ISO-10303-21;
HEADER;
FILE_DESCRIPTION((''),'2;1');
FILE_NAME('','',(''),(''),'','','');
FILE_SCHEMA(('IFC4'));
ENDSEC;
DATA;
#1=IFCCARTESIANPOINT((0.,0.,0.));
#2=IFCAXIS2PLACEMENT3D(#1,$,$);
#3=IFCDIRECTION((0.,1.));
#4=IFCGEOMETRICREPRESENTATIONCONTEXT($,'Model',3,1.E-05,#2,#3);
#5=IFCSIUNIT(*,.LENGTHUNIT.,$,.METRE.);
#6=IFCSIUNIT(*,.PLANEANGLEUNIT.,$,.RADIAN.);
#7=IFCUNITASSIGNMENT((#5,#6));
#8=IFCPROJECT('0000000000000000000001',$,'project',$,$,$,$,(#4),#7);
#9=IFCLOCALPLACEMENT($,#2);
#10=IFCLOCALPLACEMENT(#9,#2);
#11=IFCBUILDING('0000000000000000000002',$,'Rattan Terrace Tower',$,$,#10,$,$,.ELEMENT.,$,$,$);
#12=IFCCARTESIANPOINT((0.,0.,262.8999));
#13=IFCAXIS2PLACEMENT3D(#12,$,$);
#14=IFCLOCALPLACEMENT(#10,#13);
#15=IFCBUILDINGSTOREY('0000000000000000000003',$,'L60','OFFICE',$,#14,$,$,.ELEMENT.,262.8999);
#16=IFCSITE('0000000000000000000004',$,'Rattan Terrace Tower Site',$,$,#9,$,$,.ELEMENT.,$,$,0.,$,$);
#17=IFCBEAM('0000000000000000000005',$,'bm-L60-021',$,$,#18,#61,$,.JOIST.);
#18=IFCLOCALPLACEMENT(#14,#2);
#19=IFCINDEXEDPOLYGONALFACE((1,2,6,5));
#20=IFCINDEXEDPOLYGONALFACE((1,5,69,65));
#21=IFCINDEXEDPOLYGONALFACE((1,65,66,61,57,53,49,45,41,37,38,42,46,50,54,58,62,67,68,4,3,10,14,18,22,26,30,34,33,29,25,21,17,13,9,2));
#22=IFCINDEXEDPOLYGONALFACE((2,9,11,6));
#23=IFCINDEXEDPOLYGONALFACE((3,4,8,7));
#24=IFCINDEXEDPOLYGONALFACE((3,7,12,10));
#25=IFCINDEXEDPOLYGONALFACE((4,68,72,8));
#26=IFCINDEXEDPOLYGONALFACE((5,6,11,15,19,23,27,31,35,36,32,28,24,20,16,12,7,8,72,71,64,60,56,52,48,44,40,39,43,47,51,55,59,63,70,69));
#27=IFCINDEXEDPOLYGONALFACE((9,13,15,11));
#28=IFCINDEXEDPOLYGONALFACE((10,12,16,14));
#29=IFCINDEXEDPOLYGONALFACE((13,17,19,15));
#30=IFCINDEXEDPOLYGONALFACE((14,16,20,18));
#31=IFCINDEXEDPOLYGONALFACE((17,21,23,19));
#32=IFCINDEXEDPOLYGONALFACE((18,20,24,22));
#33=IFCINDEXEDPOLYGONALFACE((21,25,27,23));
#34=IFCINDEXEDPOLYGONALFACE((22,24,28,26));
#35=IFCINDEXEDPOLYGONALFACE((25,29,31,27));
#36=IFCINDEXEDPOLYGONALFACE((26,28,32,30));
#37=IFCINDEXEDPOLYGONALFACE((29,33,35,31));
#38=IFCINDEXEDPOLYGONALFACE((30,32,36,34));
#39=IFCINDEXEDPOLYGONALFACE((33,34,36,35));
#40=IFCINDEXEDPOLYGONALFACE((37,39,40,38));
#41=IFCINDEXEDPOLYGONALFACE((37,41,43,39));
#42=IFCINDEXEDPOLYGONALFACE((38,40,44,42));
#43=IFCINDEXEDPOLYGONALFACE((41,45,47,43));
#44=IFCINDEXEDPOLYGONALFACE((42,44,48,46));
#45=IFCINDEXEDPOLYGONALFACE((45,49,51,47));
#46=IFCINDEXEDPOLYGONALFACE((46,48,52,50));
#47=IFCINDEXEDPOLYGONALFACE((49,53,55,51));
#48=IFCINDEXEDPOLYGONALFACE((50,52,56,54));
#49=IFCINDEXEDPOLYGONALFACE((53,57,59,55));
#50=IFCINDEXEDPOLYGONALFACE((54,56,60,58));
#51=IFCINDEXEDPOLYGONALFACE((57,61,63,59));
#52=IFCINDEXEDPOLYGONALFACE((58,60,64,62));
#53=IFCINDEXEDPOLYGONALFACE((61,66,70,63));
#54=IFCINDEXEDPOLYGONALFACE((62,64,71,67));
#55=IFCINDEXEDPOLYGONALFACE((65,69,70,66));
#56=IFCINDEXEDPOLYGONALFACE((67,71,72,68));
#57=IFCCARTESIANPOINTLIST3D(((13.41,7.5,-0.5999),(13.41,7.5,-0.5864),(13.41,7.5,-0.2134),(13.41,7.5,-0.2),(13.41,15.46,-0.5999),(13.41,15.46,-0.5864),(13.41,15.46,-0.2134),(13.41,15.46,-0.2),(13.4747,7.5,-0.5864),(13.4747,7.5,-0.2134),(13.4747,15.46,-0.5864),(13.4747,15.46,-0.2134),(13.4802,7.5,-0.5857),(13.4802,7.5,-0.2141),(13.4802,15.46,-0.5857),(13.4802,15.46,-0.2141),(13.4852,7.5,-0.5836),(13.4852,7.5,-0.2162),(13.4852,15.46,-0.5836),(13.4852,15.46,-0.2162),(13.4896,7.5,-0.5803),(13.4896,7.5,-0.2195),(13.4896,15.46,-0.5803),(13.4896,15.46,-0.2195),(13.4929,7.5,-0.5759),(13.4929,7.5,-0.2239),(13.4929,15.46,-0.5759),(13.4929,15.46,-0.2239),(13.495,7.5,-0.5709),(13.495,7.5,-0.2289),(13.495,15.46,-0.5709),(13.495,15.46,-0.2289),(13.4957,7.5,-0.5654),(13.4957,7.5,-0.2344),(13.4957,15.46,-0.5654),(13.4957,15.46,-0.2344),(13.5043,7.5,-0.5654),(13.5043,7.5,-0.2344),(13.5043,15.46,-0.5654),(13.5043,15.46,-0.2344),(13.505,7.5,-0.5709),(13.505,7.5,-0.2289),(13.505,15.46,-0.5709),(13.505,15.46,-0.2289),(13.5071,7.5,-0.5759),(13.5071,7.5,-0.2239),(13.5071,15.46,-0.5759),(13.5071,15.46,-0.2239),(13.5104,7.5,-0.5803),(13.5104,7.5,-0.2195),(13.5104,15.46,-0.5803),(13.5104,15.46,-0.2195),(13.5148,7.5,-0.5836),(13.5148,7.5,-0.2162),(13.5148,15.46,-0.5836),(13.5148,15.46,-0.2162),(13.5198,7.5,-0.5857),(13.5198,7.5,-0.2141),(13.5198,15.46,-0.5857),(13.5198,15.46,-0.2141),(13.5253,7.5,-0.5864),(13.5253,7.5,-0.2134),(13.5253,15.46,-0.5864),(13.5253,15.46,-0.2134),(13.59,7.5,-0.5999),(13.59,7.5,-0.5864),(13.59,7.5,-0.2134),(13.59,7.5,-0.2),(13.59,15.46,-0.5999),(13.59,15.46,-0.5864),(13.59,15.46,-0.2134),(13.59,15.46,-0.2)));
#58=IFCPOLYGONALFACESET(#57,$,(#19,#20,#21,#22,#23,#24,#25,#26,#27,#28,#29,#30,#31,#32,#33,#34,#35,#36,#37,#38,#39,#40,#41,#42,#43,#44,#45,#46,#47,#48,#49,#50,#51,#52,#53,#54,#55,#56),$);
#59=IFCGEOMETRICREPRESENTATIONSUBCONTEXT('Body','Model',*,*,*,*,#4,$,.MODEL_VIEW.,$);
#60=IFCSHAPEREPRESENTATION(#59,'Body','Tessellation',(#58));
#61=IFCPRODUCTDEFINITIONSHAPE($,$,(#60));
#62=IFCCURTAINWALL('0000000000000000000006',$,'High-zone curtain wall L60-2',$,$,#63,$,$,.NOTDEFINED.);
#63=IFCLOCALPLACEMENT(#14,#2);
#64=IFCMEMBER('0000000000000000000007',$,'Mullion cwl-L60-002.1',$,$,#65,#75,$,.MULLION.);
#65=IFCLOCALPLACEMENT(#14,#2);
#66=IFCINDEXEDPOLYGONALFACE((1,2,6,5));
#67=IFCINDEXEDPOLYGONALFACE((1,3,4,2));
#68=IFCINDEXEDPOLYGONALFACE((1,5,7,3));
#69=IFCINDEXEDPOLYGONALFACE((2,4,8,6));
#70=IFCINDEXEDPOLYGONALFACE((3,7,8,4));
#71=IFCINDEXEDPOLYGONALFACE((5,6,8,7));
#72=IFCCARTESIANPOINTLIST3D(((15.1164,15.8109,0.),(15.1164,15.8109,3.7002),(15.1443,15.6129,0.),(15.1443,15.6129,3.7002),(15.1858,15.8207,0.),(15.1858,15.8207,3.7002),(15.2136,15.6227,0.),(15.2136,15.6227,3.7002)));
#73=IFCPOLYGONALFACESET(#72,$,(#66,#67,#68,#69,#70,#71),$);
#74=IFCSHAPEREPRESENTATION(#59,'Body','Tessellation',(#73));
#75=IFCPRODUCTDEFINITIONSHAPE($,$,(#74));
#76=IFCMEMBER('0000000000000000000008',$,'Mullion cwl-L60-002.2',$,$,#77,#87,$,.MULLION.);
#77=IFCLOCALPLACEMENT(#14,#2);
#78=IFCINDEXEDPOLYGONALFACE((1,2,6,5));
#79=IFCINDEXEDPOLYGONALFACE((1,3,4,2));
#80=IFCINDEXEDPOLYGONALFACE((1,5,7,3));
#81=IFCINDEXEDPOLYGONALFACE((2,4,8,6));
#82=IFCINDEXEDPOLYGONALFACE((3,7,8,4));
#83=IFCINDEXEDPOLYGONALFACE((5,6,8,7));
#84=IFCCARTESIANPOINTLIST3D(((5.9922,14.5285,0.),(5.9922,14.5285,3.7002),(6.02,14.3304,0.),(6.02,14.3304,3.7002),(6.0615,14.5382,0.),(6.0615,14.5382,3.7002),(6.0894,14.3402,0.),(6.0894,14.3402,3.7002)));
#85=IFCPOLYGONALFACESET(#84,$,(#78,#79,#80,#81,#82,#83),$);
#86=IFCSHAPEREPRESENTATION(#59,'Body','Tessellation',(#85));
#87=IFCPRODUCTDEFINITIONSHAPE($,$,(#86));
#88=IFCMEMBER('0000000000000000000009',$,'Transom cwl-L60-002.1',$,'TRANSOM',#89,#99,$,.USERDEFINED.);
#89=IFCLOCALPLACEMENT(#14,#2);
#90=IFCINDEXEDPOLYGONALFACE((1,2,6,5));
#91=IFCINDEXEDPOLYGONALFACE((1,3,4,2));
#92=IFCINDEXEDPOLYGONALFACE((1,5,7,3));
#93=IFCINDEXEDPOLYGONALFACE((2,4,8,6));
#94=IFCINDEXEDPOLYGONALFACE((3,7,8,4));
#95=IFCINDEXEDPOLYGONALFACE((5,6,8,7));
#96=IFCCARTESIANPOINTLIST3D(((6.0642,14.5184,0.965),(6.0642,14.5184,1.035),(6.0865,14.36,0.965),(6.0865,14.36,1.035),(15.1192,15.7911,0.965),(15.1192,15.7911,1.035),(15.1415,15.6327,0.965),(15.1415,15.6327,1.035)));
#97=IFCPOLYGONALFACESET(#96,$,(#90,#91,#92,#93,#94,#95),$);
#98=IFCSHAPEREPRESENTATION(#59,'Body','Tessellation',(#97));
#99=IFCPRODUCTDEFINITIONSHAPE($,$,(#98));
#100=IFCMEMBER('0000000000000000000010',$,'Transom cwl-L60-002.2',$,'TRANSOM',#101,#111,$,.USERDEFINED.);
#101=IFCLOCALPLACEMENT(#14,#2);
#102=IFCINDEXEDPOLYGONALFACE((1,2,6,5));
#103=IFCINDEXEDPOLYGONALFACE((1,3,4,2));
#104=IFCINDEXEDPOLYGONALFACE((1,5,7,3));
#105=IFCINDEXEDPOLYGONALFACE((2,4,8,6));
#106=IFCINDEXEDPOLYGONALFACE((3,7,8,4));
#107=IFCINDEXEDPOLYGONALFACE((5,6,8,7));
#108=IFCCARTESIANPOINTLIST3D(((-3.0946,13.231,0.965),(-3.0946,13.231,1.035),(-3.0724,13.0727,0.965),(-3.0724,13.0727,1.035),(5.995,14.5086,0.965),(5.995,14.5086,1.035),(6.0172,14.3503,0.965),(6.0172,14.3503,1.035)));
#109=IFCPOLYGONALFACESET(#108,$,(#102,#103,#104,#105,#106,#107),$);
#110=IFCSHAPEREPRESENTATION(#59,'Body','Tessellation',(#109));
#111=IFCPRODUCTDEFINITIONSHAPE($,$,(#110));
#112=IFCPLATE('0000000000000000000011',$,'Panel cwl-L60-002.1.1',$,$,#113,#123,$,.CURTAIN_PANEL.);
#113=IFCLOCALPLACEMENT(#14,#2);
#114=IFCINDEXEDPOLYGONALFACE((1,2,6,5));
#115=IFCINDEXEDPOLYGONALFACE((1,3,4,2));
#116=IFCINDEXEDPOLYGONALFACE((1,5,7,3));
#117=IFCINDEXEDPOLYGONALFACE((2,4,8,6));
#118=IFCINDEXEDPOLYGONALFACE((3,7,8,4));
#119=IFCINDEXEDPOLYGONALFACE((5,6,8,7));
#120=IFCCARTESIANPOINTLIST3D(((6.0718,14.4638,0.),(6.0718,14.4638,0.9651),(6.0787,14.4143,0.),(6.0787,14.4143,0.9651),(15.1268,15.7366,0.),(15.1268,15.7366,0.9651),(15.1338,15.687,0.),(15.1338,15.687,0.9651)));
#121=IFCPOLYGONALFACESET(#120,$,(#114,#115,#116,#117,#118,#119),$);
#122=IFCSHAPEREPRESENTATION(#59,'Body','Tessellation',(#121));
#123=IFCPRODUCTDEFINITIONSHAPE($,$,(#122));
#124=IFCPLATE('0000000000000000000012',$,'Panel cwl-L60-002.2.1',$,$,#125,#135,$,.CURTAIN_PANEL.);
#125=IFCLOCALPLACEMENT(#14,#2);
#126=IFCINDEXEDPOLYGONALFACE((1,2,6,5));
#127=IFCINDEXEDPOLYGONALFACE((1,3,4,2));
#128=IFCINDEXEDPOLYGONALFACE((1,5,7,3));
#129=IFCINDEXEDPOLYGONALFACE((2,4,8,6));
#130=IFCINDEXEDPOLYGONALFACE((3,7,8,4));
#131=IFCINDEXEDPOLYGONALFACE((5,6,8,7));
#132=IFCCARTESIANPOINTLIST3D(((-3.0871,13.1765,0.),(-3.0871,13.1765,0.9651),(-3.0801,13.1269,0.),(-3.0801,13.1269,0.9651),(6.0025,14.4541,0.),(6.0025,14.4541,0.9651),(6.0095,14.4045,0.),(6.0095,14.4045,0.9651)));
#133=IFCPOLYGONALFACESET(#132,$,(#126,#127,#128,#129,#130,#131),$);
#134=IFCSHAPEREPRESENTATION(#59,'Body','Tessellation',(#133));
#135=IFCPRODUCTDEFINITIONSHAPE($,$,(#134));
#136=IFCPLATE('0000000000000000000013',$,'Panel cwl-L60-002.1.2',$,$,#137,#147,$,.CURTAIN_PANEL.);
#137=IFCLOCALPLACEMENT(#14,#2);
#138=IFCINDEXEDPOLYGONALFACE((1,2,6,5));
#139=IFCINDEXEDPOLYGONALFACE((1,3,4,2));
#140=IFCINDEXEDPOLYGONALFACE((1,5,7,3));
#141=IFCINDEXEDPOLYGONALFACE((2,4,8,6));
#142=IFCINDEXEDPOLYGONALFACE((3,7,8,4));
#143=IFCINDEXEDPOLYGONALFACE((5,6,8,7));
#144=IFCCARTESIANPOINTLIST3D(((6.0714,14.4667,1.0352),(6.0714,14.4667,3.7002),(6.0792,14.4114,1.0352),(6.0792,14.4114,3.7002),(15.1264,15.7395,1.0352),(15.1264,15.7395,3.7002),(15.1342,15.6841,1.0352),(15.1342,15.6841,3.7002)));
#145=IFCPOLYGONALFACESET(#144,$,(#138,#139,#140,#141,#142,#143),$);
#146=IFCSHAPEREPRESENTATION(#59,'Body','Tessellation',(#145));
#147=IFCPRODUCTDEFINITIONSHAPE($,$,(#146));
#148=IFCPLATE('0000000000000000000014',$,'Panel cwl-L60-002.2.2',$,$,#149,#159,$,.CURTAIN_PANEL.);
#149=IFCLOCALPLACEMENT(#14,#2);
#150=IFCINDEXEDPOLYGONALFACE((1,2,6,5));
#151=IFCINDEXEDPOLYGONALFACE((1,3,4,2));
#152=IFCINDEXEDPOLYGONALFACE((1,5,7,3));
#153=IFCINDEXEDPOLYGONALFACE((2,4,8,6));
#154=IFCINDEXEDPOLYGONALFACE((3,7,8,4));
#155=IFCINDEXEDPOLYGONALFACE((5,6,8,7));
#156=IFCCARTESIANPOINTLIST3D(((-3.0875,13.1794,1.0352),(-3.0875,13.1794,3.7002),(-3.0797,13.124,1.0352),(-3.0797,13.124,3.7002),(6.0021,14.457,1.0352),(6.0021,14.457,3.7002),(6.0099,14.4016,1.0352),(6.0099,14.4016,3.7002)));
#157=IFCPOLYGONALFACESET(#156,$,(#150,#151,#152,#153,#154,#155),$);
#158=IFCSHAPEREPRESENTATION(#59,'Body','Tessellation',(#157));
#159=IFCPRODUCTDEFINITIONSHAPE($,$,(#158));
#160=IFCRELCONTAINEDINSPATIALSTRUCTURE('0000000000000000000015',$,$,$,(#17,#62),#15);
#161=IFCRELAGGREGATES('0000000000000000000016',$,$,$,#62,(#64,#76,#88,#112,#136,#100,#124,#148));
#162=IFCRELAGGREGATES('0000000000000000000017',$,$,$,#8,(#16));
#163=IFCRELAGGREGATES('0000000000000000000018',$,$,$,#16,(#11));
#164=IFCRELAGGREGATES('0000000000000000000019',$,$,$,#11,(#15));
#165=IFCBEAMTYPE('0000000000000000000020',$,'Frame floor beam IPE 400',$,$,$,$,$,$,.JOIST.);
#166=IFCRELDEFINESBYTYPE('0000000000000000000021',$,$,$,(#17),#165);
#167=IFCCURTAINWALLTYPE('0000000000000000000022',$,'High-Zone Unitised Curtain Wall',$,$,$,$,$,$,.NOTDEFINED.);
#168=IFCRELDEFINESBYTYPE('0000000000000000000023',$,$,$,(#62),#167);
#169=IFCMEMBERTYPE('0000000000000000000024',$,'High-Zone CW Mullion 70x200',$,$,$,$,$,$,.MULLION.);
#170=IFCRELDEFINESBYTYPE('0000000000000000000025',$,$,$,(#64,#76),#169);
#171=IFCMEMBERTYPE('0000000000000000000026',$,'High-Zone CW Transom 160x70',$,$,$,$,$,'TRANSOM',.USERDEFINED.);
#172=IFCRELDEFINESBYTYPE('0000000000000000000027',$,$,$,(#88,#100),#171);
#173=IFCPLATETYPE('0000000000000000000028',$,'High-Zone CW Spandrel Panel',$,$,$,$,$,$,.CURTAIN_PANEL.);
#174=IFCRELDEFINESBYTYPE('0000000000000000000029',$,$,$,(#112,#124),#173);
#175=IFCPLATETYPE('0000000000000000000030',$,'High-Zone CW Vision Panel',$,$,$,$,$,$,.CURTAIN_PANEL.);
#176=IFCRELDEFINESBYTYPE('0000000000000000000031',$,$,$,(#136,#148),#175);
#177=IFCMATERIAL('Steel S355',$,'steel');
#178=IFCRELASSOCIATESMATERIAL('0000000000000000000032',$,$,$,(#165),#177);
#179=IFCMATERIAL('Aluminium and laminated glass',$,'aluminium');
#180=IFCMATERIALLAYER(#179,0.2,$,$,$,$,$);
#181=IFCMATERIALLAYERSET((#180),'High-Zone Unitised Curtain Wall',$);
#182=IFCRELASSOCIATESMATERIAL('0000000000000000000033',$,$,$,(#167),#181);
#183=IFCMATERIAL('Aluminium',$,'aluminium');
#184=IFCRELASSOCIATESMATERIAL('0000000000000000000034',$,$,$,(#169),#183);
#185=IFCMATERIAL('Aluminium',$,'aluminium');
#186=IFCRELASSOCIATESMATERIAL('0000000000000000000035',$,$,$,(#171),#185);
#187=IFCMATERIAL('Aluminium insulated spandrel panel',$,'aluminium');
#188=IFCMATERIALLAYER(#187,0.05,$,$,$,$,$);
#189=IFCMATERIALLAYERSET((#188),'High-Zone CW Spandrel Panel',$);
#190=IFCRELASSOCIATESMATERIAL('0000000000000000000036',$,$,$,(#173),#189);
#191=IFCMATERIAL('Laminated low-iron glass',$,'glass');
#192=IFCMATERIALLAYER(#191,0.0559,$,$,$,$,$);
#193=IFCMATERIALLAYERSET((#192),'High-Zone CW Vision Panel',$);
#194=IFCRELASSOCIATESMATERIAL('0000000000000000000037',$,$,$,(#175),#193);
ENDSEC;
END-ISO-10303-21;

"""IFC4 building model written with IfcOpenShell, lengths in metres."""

from ifc_helpers import new_model, si_unit, direction, frame, origin, origin_2d, place, context, subcontext, project, spatial, rectangle, i_section, extrude, material, layer, layer_set, material_profile, profile_set, type_object, element, aggregate, save


model = new_model("IFC4")

# Units and contexts
model_context = context("Model", 3, precision=1e-05, world=origin(), true_north=direction((0.0, 1.0)))
body_context = subcontext(model_context, "Body", "Model", "MODEL_VIEW")
ifc_project = project(units=[si_unit("LENGTHUNIT", "METRE"), si_unit("PLANEANGLEUNIT", "RADIAN")], contexts=[model_context])

# Site, building, storey
site_placement = place(None, origin())
site = spatial("IfcSite", under=ifc_project, at=site_placement, Name="Rattan Terrace Tower Site", CompositionType="ELEMENT", RefElevation=0.0)
building_placement = place(site_placement, origin())
building = spatial("IfcBuilding", under=site, at=building_placement, Name="Rattan Terrace Tower", CompositionType="ELEMENT")
storey_placement = place(building_placement, frame((0.0, 0.0, 262.8999)))
storey = spatial("IfcBuildingStorey", under=building, at=storey_placement, Name="L60", Description="OFFICE", CompositionType="ELEMENT", Elevation=262.8999)

# Beam
ifc_material_1 = material(Name="Steel S355", Category="steel")
ifc_material_profile_1 = material_profile(ifc_material_1, i_section(OverallWidth=0.1799, OverallDepth=0.3999, WebThickness=0.0085, FlangeThickness=0.0134, FilletRadius=0.021, at=origin_2d()), Name="IPE 400")
ifc_profile_set_1 = profile_set([ifc_material_profile_1], Name="Steel S355")
beam_type_1 = type_object("IfcBeamType", Name="Frame floor beam IPE 400", PredefinedType="JOIST", material=ifc_profile_set_1)
beam_1_placement = place(storey_placement, frame((13.5, 7.5, -0.3999), z_axis=(0.0, 1.0, 0.0), x_axis=(-1.0, 0.0, 0.0)))
element("IfcBeam", 1, at=beam_1_placement, inside=storey, type_object=beam_type_1, Name="bm-L60-021", PredefinedType="JOIST", context=body_context, shape_type="SweptSolid", body=[
    extrude(i_section(OverallWidth=0.1799, OverallDepth=0.3999, WebThickness=0.0085, FlangeThickness=0.0134, FilletRadius=0.021, at=origin_2d()), origin(), (0.0, 0.0, 1.0), 7.96),
])

# Curtain wall, members, plates
ifc_material_2 = material(Name="Aluminium and laminated glass", Category="aluminium")
ifc_layer_1 = layer(ifc_material_2, 0.2)
ifc_layer_set_1 = layer_set([ifc_layer_1], Name="High-Zone Unitised Curtain Wall")
curtain_wall_type = type_object("IfcCurtainWallType", Name="High-Zone Unitised Curtain Wall", PredefinedType="NOTDEFINED", material=ifc_layer_set_1)
curtain_wall_placement = place(storey_placement, origin())
curtain_wall = element("IfcCurtainWall", 2, at=curtain_wall_placement, inside=storey, type_object=curtain_wall_type, Name="High-zone curtain wall L60-2", PredefinedType="NOTDEFINED")
ifc_material_3 = material(Name="Aluminium", Category="aluminium")
ifc_material_profile_2 = material_profile(ifc_material_3, rectangle(XDim=0.0701, YDim=0.2, at=origin_2d()), Name="Aluminium 70x200")
ifc_profile_set_2 = profile_set([ifc_material_profile_2], Name="Aluminium")
member_type_1 = type_object("IfcMemberType", Name="High-Zone CW Mullion 70x200", PredefinedType="MULLION", material=ifc_profile_set_2)
member_1_placement = place(storey_placement, frame((15.165, 15.7168, 0.0), z_axis=(0.0, 0.0, 1.0), x_axis=(-0.990266, -0.139189, 0.0)))
member_1 = element("IfcMember", 3, at=member_1_placement, type_object=member_type_1, Name="Mullion cwl-L60-002.1", PredefinedType="MULLION", context=body_context, shape_type="SweptSolid", body=[
    extrude(rectangle(XDim=0.0701, YDim=0.2, at=origin_2d()), origin(), (0.0, 0.0, 1.0), 3.7002),
])
member_2_placement = place(storey_placement, frame((6.0408, 14.4343, 0.0), z_axis=(0.0, 0.0, 1.0), x_axis=(-0.990266, -0.139189, 0.0)))
member_2 = element("IfcMember", 4, at=member_2_placement, type_object=member_type_1, Name="Mullion cwl-L60-002.2", PredefinedType="MULLION", context=body_context, shape_type="SweptSolid", body=[
    extrude(rectangle(XDim=0.0701, YDim=0.2, at=origin_2d()), origin(), (0.0, 0.0, 1.0), 3.7002),
])
ifc_material_4 = material(Name="Aluminium", Category="aluminium")
ifc_material_profile_3 = material_profile(ifc_material_4, rectangle(XDim=0.1599, YDim=0.0701, at=origin_2d()), Name="Aluminium 160x70")
ifc_profile_set_3 = profile_set([ifc_material_profile_3], Name="Aluminium")
member_type_2 = type_object("IfcMemberType", Name="High-Zone CW Transom 160x70", ElementType="TRANSOM", PredefinedType="USERDEFINED", material=ifc_profile_set_3)
member_3_placement = place(storey_placement, frame((15.1304, 15.7119, 1.0), z_axis=(-0.990266, -0.139186, 0.0), x_axis=(0.139186, -0.990266, 0.0)))
member_3 = element("IfcMember", 5, at=member_3_placement, type_object=member_type_2, Name="Transom cwl-L60-002.1", ObjectType="TRANSOM", PredefinedType="USERDEFINED", context=body_context, shape_type="SweptSolid", body=[
    extrude(rectangle(XDim=0.1599, YDim=0.0701, at=origin_2d()), origin(), (0.0, 0.0, 1.0), 9.144),
])
member_4_placement = place(storey_placement, frame((6.0061, 14.4294, 1.0), z_axis=(-0.990266, -0.139187, 0.0), x_axis=(0.139187, -0.990266, 0.0)))
member_4 = element("IfcMember", 6, at=member_4_placement, type_object=member_type_2, Name="Transom cwl-L60-002.2", ObjectType="TRANSOM", PredefinedType="USERDEFINED", context=body_context, shape_type="SweptSolid", body=[
    extrude(rectangle(XDim=0.1599, YDim=0.0701, at=origin_2d()), origin(), (0.0, 0.0, 1.0), 9.179),
])
ifc_material_5 = material(Name="Aluminium insulated spandrel panel", Category="aluminium")
ifc_layer_2 = layer(ifc_material_5, 0.05)
ifc_layer_set_2 = layer_set([ifc_layer_2], Name="High-Zone CW Spandrel Panel")
plate_type_1 = type_object("IfcPlateType", Name="High-Zone CW Spandrel Panel", PredefinedType="CURTAIN_PANEL", material=ifc_layer_set_2)
plate_1_placement = place(storey_placement, frame((10.6028, 15.0754, 0.0), z_axis=(0.0, 0.0, 1.0), x_axis=(-0.990266, -0.139189, 0.0)))
plate_1 = element("IfcPlate", 7, at=plate_1_placement, type_object=plate_type_1, Name="Panel cwl-L60-002.1.1", PredefinedType="CURTAIN_PANEL", context=body_context, shape_type="SweptSolid", body=[
    extrude(rectangle(XDim=9.144, YDim=0.05, at=origin_2d()), origin(), (0.0, 0.0, 1.0), 0.9651),
])
plate_2_placement = place(storey_placement, frame((1.4612, 13.7905, 0.0), z_axis=(0.0, 0.0, 1.0), x_axis=(-0.990266, -0.139189, 0.0)))
plate_2 = element("IfcPlate", 8, at=plate_2_placement, type_object=plate_type_1, Name="Panel cwl-L60-002.2.1", PredefinedType="CURTAIN_PANEL", context=body_context, shape_type="SweptSolid", body=[
    extrude(rectangle(XDim=9.179, YDim=0.05, at=origin_2d()), origin(), (0.0, 0.0, 1.0), 0.9651),
])
ifc_material_6 = material(Name="Laminated low-iron glass", Category="glass")
ifc_layer_3 = layer(ifc_material_6, 0.0559)
ifc_layer_set_3 = layer_set([ifc_layer_3], Name="High-Zone CW Vision Panel")
plate_type_2 = type_object("IfcPlateType", Name="High-Zone CW Vision Panel", PredefinedType="CURTAIN_PANEL", material=ifc_layer_set_3)
plate_3_placement = place(storey_placement, frame((10.6028, 15.0754, 1.0352), z_axis=(0.0, 0.0, 1.0), x_axis=(-0.990266, -0.139189, 0.0)))
plate_3 = element("IfcPlate", 9, at=plate_3_placement, type_object=plate_type_2, Name="Panel cwl-L60-002.1.2", PredefinedType="CURTAIN_PANEL", context=body_context, shape_type="SweptSolid", body=[
    extrude(rectangle(XDim=9.144, YDim=0.0559, at=origin_2d()), origin(), (0.0, 0.0, 1.0), 2.665),
])
plate_4_placement = place(storey_placement, frame((1.4612, 13.7905, 1.0352), z_axis=(0.0, 0.0, 1.0), x_axis=(-0.990266, -0.139189, 0.0)))
plate_4 = element("IfcPlate", 10, at=plate_4_placement, type_object=plate_type_2, Name="Panel cwl-L60-002.2.2", PredefinedType="CURTAIN_PANEL", context=body_context, shape_type="SweptSolid", body=[
    extrude(rectangle(XDim=9.179, YDim=0.0559, at=origin_2d()), origin(), (0.0, 0.0, 1.0), 2.665),
])
aggregate(curtain_wall, [member_1, member_2, member_3, plate_1, plate_3, member_4, plate_2, plate_4])

save(model, "model.ifc")
